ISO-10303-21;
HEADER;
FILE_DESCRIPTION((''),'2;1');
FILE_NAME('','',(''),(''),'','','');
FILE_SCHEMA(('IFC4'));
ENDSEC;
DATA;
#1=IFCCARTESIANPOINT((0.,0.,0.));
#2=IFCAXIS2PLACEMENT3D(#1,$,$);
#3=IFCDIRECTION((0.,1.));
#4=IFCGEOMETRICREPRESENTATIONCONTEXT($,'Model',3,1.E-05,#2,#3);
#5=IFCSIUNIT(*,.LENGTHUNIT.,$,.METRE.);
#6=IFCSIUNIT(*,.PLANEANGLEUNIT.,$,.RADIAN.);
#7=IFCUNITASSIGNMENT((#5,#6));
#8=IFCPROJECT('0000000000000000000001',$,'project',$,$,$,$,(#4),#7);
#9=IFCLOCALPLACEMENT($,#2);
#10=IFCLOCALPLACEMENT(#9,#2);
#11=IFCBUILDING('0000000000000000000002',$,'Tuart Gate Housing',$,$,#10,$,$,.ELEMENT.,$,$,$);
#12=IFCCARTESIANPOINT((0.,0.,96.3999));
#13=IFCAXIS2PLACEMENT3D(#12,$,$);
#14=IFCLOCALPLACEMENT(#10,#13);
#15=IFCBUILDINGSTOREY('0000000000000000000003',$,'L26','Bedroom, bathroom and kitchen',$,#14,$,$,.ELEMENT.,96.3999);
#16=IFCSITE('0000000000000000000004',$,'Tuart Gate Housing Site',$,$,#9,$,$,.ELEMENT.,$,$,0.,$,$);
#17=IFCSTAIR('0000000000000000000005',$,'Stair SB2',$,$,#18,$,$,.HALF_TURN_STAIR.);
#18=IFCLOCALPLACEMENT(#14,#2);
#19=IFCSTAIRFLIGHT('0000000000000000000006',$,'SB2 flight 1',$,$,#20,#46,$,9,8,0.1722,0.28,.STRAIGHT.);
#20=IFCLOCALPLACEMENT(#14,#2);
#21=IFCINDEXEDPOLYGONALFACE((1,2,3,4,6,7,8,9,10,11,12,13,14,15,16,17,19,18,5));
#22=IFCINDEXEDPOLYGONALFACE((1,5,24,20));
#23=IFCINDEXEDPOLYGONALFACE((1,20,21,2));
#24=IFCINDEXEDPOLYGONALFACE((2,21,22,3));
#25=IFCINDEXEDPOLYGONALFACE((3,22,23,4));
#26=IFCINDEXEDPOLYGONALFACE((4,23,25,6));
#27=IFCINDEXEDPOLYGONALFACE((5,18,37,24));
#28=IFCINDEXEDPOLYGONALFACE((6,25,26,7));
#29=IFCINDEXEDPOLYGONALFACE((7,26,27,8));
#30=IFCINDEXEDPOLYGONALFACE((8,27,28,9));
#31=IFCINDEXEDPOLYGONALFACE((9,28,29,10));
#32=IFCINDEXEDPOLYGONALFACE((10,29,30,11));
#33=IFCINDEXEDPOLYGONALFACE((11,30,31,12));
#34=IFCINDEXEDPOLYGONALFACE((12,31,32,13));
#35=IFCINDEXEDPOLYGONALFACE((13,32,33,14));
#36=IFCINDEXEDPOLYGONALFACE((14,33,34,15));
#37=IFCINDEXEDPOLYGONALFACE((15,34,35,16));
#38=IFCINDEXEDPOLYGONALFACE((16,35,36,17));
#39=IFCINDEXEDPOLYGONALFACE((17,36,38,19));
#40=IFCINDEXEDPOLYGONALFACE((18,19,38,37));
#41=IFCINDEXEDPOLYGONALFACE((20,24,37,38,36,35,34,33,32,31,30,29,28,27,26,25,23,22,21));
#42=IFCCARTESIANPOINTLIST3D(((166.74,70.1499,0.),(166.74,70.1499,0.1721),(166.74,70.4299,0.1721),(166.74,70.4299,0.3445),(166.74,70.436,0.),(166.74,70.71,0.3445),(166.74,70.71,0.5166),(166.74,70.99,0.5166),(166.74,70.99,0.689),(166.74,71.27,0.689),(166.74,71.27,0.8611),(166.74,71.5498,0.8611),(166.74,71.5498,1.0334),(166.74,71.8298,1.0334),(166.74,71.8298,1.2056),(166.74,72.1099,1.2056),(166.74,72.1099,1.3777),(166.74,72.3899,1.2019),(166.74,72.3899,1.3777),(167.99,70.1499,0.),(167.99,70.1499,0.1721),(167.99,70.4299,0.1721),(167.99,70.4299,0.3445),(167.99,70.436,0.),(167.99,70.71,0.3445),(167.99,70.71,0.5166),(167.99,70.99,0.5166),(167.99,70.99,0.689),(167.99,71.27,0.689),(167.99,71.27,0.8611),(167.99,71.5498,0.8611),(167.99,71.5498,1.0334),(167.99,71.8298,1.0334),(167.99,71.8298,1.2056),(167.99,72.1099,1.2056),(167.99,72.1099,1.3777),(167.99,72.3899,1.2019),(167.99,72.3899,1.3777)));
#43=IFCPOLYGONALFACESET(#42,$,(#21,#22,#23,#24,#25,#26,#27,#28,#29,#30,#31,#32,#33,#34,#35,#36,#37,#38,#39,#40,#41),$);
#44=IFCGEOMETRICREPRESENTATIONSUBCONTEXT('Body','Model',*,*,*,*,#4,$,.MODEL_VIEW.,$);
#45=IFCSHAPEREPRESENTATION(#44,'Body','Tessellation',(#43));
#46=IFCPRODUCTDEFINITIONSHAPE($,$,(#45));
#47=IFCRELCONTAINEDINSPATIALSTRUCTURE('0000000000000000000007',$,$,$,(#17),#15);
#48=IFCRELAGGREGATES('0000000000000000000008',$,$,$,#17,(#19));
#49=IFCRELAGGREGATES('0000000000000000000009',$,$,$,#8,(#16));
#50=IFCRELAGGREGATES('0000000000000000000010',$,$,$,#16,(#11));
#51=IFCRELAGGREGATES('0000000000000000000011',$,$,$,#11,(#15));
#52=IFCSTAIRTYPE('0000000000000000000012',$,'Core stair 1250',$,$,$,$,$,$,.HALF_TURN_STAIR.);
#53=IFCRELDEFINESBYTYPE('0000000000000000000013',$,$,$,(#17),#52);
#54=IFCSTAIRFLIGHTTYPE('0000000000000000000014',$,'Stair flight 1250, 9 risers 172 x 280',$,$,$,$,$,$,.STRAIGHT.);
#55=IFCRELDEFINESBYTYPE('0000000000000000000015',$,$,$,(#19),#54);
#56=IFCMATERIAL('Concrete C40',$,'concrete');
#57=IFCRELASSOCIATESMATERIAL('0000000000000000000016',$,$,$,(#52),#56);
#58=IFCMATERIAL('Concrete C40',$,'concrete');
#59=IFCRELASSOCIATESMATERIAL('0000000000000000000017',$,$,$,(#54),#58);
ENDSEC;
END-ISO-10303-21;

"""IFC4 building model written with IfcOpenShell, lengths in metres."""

from ifc_helpers import new_model, si_unit, direction, frame, origin, place, context, subcontext, project, spatial, polyline, outline, extrude, material, type_object, element, aggregate, save


model = new_model("IFC4")

# Units and contexts
model_context = context("Model", 3, precision=1e-05, world=origin(), true_north=direction((0.0, 1.0)))
body_context = subcontext(model_context, "Body", "Model", "MODEL_VIEW")
ifc_project = project(units=[si_unit("LENGTHUNIT", "METRE"), si_unit("PLANEANGLEUNIT", "RADIAN")], contexts=[model_context])

# Site, building, storey
site_placement = place(None, origin())
site = spatial("IfcSite", under=ifc_project, at=site_placement, Name="Tuart Gate Housing Site", CompositionType="ELEMENT", RefElevation=0.0)
building_placement = place(site_placement, origin())
building = spatial("IfcBuilding", under=site, at=building_placement, Name="Tuart Gate Housing", CompositionType="ELEMENT")
storey_placement = place(building_placement, frame((0.0, 0.0, 96.3999)))
storey = spatial("IfcBuildingStorey", under=building, at=storey_placement, Name="L26", Description="Bedroom, bathroom and kitchen", CompositionType="ELEMENT", Elevation=96.3999)

# Stair, stair flight
ifc_material_1 = material(Name="Concrete C40", Category="concrete")
stair_type = type_object("IfcStairType", Name="Core stair 1250", PredefinedType="HALF_TURN_STAIR", material=ifc_material_1)
stair_placement = place(storey_placement, origin())
stair = element("IfcStair", 1, at=stair_placement, inside=storey, type_object=stair_type, Name="Stair SB2", PredefinedType="HALF_TURN_STAIR")
ifc_material_2 = material(Name="Concrete C40", Category="concrete")
stair_flight_type = type_object("IfcStairFlightType", Name="Stair flight 1250, 9 risers 172 x 280", PredefinedType="STRAIGHT", material=ifc_material_2)
stair_flight_placement = place(storey_placement, frame((167.365, 70.1499, 0.0), z_axis=(0.0, 0.0, 1.0), x_axis=(0.0, 1.0, 0.0)))
stair_flight = element("IfcStairFlight", 2, at=stair_flight_placement, type_object=stair_flight_type, Name="SB2 flight 1", NumberOfRisers=9, NumberOfTreads=8, PredefinedType="STRAIGHT", RiserHeight=0.1722, TreadLength=0.28, context=body_context, shape_type="SweptSolid", body=[
    extrude(outline(polyline([(0.0, 0.0), (0.0, 0.1721), (0.28, 0.1721), (0.28, 0.3445), (0.5601, 0.3445), (0.5601, 0.5166), (0.8401, 0.5166), (0.8401, 0.689), (1.1201, 0.689), (1.1201, 0.8611), (1.3999, 0.8611), (1.3999, 1.0334), (1.6799, 1.0334), (1.6799, 1.2056), (1.96, 1.2056), (1.96, 1.3777), (2.24, 1.3777), (2.24, 1.55), (2.24, 1.2019), (0.2861, 0.0), (0.0, 0.0)])), frame((0.0, 0.625, 0.0), z_axis=(0.0, -1.0, 0.0), x_axis=(1.0, 0.0, 0.0)), (0.0, 0.0, 1.0), 1.25),
])
aggregate(stair, [stair_flight])

save(model, "model.ifc")
